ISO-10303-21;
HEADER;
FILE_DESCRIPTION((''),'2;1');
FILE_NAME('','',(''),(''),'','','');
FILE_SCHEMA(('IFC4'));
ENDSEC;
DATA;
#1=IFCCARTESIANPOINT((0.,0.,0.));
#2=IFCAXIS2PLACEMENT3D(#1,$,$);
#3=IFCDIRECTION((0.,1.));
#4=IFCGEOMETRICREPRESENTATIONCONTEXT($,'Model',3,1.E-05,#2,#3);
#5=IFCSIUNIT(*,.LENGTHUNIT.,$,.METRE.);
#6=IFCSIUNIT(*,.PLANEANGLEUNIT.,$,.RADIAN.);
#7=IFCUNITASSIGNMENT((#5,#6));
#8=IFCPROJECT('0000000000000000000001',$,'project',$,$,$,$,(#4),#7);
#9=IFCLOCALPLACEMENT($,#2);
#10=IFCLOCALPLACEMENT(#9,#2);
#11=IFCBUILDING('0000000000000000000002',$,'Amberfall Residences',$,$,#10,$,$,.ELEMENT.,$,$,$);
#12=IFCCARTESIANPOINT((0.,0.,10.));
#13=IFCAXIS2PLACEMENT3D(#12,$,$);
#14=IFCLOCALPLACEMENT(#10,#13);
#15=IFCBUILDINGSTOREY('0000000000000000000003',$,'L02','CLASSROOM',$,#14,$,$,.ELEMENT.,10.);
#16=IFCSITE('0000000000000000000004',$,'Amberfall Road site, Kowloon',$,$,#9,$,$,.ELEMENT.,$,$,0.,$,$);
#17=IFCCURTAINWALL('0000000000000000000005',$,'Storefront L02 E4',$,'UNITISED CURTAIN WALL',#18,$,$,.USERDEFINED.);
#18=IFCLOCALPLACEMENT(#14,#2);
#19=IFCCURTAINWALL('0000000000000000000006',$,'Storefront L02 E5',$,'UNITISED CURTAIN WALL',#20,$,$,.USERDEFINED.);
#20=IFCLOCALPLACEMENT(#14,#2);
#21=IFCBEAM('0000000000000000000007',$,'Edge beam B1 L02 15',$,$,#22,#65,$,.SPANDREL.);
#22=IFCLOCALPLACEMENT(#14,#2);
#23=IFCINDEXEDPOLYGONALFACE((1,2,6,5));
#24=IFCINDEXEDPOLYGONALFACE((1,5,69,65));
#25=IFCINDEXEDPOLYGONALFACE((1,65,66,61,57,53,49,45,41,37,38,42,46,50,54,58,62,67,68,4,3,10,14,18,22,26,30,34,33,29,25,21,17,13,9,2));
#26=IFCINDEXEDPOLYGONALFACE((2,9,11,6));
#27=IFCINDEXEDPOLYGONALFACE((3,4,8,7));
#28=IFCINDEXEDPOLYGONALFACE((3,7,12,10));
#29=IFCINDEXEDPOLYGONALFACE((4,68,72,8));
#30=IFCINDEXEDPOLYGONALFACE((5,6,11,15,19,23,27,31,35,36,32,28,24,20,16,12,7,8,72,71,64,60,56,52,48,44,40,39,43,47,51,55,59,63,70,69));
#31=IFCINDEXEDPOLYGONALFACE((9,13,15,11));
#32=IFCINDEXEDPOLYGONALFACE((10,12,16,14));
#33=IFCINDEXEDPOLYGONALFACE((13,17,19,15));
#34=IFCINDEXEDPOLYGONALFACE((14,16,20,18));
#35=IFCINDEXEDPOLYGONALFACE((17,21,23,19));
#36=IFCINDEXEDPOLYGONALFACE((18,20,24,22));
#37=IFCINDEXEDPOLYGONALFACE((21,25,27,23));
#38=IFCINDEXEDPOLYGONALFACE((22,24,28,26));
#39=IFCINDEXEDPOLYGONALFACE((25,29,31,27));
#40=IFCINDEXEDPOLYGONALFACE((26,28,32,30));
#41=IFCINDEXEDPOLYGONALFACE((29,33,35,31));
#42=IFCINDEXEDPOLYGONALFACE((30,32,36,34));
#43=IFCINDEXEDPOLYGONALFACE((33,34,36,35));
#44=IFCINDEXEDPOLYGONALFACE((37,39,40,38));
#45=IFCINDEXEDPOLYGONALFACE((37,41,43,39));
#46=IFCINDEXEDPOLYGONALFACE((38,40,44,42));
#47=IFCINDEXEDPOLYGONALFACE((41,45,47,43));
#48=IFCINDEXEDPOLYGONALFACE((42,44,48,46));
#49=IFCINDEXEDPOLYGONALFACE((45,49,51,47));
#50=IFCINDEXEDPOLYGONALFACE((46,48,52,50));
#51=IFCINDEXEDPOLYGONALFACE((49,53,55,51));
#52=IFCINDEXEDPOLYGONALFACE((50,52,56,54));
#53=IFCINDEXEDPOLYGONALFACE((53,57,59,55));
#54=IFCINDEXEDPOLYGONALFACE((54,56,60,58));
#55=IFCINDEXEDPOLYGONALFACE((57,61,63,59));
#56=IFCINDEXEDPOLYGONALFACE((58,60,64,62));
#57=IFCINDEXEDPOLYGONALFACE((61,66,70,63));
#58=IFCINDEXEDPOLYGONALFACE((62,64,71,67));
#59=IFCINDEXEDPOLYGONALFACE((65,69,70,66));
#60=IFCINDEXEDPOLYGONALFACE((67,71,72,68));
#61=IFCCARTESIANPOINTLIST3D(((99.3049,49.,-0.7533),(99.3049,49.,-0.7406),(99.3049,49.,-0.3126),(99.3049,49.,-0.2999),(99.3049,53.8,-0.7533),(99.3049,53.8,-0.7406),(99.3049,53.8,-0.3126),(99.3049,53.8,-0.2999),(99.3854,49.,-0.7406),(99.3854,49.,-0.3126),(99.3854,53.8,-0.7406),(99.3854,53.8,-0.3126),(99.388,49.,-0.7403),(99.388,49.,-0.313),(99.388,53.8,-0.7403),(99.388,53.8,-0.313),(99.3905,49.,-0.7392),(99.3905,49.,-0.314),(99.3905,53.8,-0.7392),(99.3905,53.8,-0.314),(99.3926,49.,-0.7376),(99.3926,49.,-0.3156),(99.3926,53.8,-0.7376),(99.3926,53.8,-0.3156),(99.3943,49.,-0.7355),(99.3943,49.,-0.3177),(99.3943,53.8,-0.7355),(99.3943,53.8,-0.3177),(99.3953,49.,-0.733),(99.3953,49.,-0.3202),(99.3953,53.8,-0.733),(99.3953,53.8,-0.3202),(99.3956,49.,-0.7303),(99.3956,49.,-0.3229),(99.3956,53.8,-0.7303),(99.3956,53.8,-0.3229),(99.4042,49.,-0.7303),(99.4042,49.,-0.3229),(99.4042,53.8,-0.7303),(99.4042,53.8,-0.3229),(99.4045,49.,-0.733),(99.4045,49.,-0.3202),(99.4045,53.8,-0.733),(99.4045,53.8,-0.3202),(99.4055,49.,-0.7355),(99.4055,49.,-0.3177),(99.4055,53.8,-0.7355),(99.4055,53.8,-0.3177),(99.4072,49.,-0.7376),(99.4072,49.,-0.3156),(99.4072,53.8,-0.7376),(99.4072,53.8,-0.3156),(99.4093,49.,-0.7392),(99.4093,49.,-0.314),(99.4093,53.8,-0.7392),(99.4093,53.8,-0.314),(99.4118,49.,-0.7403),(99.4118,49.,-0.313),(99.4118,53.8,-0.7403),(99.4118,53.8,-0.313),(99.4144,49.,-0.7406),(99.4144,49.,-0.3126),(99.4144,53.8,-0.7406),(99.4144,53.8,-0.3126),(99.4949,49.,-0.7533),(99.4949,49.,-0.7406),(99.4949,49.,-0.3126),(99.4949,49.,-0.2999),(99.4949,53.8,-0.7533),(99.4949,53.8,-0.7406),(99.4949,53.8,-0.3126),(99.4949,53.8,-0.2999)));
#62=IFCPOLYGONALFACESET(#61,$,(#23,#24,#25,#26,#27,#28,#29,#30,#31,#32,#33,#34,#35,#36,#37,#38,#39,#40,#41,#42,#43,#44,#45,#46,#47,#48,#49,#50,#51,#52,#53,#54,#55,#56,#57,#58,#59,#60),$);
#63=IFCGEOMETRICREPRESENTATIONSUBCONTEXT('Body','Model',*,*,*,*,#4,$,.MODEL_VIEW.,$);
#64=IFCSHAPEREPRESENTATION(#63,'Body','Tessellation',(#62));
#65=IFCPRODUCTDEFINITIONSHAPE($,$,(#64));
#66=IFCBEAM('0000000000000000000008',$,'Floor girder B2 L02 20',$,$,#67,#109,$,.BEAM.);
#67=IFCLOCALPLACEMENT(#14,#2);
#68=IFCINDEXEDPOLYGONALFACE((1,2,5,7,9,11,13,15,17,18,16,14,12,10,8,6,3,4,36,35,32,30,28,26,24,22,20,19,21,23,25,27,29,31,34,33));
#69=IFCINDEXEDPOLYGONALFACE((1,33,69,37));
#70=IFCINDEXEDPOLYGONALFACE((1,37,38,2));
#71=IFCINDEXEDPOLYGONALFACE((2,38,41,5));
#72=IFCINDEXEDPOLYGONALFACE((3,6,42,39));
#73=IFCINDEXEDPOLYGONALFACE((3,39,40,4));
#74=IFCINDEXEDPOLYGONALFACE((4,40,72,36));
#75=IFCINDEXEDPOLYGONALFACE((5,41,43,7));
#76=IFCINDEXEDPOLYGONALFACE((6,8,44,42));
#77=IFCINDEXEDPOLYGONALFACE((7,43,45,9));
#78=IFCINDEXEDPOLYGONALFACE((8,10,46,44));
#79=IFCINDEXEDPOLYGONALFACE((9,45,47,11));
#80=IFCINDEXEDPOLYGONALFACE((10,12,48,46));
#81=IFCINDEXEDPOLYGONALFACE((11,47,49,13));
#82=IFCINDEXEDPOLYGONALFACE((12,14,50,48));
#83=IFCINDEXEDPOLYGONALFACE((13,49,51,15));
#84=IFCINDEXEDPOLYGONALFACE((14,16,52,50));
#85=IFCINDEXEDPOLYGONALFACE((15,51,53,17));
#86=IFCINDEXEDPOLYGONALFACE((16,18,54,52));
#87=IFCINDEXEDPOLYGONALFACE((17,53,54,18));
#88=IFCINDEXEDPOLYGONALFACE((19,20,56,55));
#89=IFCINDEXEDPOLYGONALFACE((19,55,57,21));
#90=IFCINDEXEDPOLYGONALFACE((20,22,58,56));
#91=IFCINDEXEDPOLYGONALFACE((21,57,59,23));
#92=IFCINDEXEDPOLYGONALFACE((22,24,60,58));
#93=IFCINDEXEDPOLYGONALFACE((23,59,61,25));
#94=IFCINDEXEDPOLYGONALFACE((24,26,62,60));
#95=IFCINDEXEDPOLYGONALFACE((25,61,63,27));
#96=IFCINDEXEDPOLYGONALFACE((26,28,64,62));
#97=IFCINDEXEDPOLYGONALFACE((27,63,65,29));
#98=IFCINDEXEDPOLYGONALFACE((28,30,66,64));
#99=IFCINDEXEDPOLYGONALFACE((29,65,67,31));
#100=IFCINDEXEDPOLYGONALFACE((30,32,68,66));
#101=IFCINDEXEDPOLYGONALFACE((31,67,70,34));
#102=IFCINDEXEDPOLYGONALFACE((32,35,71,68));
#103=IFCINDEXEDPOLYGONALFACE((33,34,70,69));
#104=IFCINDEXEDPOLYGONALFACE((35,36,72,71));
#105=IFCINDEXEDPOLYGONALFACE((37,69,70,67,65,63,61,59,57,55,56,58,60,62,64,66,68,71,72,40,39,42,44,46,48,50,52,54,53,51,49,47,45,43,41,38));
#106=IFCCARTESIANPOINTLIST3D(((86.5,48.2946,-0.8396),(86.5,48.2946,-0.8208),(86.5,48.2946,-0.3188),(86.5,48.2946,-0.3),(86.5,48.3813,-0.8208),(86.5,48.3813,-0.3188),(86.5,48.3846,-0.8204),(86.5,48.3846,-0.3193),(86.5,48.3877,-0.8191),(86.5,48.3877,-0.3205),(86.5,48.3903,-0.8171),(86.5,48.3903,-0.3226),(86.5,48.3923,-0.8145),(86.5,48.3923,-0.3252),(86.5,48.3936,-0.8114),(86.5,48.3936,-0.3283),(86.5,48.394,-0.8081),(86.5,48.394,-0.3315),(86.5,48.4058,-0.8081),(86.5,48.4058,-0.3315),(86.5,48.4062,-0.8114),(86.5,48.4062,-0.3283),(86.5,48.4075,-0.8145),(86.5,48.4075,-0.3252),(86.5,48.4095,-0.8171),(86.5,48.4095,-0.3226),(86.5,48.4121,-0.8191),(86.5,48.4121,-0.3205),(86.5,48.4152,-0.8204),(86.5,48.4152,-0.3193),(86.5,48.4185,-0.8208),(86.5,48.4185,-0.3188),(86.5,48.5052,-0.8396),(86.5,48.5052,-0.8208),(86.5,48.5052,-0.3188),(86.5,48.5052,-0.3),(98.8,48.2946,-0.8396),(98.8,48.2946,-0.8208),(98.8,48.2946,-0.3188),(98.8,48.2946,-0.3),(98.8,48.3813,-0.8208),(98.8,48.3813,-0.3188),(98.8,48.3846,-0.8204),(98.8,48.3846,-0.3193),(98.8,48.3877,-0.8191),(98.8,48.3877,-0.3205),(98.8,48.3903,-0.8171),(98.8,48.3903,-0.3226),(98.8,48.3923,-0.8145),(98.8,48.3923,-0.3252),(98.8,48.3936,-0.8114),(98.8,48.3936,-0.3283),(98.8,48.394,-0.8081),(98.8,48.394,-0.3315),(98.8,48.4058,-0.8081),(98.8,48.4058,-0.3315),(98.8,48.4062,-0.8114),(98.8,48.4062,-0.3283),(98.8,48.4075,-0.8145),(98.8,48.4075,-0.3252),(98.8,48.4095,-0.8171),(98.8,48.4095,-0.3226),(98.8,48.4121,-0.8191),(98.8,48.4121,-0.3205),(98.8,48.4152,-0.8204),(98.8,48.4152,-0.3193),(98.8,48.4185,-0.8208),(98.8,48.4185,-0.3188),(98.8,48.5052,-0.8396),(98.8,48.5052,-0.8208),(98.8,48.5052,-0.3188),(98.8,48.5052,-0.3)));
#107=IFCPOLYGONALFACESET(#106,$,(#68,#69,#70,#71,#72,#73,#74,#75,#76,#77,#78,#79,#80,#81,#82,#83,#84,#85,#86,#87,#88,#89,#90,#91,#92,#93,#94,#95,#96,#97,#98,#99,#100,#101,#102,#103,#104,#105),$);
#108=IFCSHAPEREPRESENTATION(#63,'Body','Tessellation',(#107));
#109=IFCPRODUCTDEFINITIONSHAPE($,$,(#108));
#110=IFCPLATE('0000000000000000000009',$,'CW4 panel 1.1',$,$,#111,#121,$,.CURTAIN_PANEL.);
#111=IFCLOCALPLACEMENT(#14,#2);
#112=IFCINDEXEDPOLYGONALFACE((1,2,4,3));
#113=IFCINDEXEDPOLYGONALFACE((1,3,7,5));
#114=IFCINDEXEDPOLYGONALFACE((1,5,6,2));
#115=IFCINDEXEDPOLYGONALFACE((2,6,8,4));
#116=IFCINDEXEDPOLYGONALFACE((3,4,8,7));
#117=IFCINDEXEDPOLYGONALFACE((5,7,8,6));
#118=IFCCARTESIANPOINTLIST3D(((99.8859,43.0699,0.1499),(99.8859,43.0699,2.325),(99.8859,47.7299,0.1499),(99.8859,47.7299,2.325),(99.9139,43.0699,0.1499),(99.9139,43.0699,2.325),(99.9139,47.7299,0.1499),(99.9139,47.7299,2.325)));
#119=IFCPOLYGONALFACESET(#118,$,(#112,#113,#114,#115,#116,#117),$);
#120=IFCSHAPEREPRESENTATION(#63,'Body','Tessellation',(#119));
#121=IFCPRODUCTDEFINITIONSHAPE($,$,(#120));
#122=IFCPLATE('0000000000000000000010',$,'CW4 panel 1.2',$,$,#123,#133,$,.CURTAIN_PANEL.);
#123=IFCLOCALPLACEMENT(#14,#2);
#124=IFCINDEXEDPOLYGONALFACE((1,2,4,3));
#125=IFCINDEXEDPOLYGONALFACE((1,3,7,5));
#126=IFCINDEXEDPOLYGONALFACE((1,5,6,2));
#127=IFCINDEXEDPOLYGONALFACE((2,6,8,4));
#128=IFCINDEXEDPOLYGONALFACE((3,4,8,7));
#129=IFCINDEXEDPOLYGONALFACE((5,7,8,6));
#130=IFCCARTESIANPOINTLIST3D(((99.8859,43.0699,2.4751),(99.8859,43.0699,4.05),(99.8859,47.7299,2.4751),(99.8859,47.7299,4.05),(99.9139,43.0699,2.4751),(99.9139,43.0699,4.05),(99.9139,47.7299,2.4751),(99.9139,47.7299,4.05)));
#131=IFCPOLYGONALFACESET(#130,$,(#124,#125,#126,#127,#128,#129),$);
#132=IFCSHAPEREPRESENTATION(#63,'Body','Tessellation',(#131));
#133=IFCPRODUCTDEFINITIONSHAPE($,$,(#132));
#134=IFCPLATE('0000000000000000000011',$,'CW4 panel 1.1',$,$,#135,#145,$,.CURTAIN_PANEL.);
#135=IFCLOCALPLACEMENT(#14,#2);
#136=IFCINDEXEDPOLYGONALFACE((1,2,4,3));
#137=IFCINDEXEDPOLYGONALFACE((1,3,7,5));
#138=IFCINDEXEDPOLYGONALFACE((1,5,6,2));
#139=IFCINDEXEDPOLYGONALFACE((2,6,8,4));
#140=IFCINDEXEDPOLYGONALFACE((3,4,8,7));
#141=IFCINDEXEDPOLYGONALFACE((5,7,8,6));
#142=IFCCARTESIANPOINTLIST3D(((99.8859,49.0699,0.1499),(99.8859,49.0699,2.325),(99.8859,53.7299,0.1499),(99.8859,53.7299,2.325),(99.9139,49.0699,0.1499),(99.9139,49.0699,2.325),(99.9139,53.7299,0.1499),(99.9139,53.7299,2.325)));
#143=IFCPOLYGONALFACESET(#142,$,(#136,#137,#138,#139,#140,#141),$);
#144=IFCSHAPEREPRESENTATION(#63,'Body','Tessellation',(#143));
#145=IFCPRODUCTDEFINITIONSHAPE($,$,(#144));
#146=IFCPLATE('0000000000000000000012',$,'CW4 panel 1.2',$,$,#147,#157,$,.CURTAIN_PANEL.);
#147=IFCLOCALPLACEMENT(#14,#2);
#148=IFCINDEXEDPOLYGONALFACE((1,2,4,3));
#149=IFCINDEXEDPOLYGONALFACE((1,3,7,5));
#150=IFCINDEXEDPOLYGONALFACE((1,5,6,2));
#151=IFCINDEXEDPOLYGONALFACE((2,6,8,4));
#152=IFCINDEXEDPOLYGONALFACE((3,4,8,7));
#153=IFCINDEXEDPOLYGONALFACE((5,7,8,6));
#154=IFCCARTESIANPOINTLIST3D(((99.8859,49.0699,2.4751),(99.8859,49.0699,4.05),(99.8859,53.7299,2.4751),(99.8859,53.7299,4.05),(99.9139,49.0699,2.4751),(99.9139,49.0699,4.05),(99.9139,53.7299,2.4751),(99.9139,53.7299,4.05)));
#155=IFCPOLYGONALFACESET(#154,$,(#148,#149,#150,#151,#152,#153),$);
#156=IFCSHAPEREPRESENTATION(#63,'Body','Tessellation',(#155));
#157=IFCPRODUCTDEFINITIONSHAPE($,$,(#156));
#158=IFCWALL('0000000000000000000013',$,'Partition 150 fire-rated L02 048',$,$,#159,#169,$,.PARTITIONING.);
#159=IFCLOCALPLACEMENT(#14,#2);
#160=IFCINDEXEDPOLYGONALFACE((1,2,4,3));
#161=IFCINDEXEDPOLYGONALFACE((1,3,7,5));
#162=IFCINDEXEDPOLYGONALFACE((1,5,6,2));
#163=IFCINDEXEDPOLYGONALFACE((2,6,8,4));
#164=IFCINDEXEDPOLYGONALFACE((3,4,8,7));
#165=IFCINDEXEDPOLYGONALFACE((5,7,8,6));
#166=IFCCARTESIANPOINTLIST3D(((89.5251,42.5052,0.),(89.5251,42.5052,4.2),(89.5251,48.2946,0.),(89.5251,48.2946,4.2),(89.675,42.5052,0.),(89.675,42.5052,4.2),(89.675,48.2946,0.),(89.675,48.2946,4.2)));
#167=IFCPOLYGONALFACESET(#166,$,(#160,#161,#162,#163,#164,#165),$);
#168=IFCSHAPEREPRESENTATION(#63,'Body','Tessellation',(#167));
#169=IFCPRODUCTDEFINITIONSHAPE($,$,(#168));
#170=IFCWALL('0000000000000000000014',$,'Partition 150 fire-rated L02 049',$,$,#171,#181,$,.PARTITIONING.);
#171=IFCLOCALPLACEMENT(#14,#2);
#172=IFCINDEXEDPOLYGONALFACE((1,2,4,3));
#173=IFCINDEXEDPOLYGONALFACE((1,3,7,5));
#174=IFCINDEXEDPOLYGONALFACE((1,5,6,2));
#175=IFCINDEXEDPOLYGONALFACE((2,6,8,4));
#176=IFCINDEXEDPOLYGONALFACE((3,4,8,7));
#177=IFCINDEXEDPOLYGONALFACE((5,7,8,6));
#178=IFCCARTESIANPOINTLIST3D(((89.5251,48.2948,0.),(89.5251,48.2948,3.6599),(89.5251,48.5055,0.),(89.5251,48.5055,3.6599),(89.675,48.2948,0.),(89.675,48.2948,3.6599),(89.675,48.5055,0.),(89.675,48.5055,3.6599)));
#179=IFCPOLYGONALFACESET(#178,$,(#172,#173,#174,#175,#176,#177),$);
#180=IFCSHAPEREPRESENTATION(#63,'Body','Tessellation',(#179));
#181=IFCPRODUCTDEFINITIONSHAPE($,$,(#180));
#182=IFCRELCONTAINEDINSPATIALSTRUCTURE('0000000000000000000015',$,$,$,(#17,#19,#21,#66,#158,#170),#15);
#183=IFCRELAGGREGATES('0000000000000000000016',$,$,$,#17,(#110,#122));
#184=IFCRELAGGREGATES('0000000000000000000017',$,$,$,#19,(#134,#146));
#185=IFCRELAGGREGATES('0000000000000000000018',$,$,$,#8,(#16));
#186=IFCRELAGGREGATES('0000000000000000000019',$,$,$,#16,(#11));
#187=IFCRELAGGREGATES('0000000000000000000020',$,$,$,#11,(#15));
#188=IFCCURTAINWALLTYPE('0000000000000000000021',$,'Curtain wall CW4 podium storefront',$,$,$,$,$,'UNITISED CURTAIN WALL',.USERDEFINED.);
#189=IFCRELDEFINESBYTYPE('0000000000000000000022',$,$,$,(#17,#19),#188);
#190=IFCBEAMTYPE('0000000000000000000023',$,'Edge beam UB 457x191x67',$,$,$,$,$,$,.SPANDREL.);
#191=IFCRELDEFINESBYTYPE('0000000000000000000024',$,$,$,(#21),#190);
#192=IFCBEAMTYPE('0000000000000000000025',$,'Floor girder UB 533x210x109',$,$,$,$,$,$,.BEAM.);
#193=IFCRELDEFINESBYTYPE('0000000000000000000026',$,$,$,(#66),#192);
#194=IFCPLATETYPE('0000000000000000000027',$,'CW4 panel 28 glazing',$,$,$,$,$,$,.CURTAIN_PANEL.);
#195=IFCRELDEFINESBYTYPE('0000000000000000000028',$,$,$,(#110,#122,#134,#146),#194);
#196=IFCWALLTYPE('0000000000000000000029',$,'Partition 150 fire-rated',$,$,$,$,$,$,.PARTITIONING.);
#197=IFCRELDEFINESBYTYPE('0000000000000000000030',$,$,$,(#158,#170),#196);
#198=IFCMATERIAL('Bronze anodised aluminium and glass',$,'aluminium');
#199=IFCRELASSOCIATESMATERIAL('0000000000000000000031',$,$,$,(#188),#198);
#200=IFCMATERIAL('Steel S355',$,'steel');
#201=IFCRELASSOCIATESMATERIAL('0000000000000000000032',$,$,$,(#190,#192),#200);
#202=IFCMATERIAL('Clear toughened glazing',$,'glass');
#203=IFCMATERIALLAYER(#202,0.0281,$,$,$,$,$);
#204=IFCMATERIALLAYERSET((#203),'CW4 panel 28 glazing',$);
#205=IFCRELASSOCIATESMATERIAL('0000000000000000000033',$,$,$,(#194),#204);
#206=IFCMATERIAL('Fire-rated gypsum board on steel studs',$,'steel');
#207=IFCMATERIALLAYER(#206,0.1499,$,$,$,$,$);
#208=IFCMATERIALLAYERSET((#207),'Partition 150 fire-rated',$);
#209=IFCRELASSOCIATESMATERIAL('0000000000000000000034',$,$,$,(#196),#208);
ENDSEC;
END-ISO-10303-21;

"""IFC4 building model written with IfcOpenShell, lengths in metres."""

from ifc_helpers import new_model, si_unit, direction, frame, frame_2d, origin, origin_2d, place, context, subcontext, project, spatial, rectangle, i_section, extrude, material, layer, layer_set, material_profile, profile_set, type_object, element, aggregate, save


model = new_model("IFC4")

# Units and contexts
model_context = context("Model", 3, precision=1e-05, world=origin(), true_north=direction((0.0, 1.0)))
body_context = subcontext(model_context, "Body", "Model", "MODEL_VIEW")
ifc_project = project(units=[si_unit("LENGTHUNIT", "METRE"), si_unit("PLANEANGLEUNIT", "RADIAN")], contexts=[model_context])

# Site, building, storey
site_placement = place(None, origin())
site = spatial("IfcSite", under=ifc_project, at=site_placement, Name="Amberfall Road site, Kowloon", CompositionType="ELEMENT", RefElevation=0.0)
building_placement = place(site_placement, origin())
building = spatial("IfcBuilding", under=site, at=building_placement, Name="Amberfall Residences", CompositionType="ELEMENT")
storey_placement = place(building_placement, frame((0.0, 0.0, 10.0)))
storey = spatial("IfcBuildingStorey", under=building, at=storey_placement, Name="L02", Description="CLASSROOM", CompositionType="ELEMENT", Elevation=10.0)

# Curtain wall
ifc_material_1 = material(Name="Bronze anodised aluminium and glass", Category="aluminium")
curtain_wall_type = type_object("IfcCurtainWallType", Name="Curtain wall CW4 podium storefront", ElementType="UNITISED CURTAIN WALL", PredefinedType="USERDEFINED", material=ifc_material_1)
curtain_wall_1_placement = place(storey_placement, origin())
curtain_wall_1 = element("IfcCurtainWall", 1, at=curtain_wall_1_placement, inside=storey, type_object=curtain_wall_type, Name="Storefront L02 E4", ObjectType="UNITISED CURTAIN WALL", PredefinedType="USERDEFINED")

# Curtain wall
curtain_wall_2_placement = place(storey_placement, origin())
curtain_wall_2 = element("IfcCurtainWall", 2, at=curtain_wall_2_placement, inside=storey, type_object=curtain_wall_type, Name="Storefront L02 E5", ObjectType="UNITISED CURTAIN WALL", PredefinedType="USERDEFINED")

# Beams
ifc_material_2 = material(Name="Steel S355", Category="steel")
ifc_material_profile_1 = material_profile(ifc_material_2, i_section(OverallWidth=0.1899, OverallDepth=0.4534, WebThickness=0.0085, FlangeThickness=0.0127, FilletRadius=0.0103, at=origin_2d()), Name="UB 457x191x67")
ifc_profile_set_1 = profile_set([ifc_material_profile_1], Name="Steel S355")
beam_type_1 = type_object("IfcBeamType", Name="Edge beam UB 457x191x67", PredefinedType="SPANDREL", material=ifc_profile_set_1)
for number, where, z_axis, x_axis, name in (
    (3, (99.3999, 49.0, -0.5266), (0.0, 1.0, 0.0), (-1.0, 0.0, 0.0), "Edge beam B1 L02 15"),
):
    element("IfcBeam", number, at=place(storey_placement, frame(where, z_axis=z_axis, x_axis=x_axis)), inside=storey, type_object=beam_type_1, Name=name, PredefinedType="SPANDREL", context=body_context, shape_type="SweptSolid", body=[
        extrude(i_section(OverallWidth=0.1899, OverallDepth=0.4534, WebThickness=0.0085, FlangeThickness=0.0127, FilletRadius=0.0103, at=origin_2d()), origin(), (0.0, 0.0, 1.0), 4.8),
    ])
ifc_material_profile_2 = material_profile(ifc_material_2, i_section(OverallWidth=0.2107, OverallDepth=0.5396, WebThickness=0.0117, FlangeThickness=0.0188, FilletRadius=0.0127, at=origin_2d()), Name="UB 533x210x109")
ifc_profile_set_2 = profile_set([ifc_material_profile_2], Name="Steel S355")
beam_type_2 = type_object("IfcBeamType", Name="Floor girder UB 533x210x109", PredefinedType="BEAM", material=ifc_profile_set_2)
beam_placement = place(storey_placement, frame((98.8, 48.3999, -0.5698), z_axis=(-1.0, 0.0, 0.0), x_axis=(0.0, -1.0, 0.0)))
element("IfcBeam", 4, at=beam_placement, inside=storey, type_object=beam_type_2, Name="Floor girder B2 L02 20", PredefinedType="BEAM", context=body_context, shape_type="SweptSolid", body=[
    extrude(i_section(OverallWidth=0.2107, OverallDepth=0.5396, WebThickness=0.0117, FlangeThickness=0.0188, FilletRadius=0.0127, at=origin_2d()), origin(), (0.0, 0.0, 1.0), 12.3),
])

# Plates
ifc_material_3 = material(Name="Clear toughened glazing", Category="glass")
ifc_layer_1 = layer(ifc_material_3, 0.0281)
ifc_layer_set_1 = layer_set([ifc_layer_1], Name="CW4 panel 28 glazing")
plate_type = type_object("IfcPlateType", Name="CW4 panel 28 glazing", PredefinedType="CURTAIN_PANEL", material=ifc_layer_set_1)
plate_1_placement = place(storey_placement, frame((99.8999, 45.3999, 0.1499), z_axis=(0.0, 0.0, 1.0), x_axis=(0.0, 1.0, 0.0)))
plate_1 = element("IfcPlate", 5, at=plate_1_placement, type_object=plate_type, Name="CW4 panel 1.1", PredefinedType="CURTAIN_PANEL", context=body_context, shape_type="SweptSolid", body=[
    extrude(rectangle(XDim=4.6599, YDim=0.0281, at=origin_2d()), origin(), (0.0, 0.0, 1.0), 2.175),
])
plate_2_placement = place(storey_placement, frame((99.8999, 45.3999, 2.4751), z_axis=(0.0, 0.0, 1.0), x_axis=(0.0, 1.0, 0.0)))
plate_2 = element("IfcPlate", 6, at=plate_2_placement, type_object=plate_type, Name="CW4 panel 1.2", PredefinedType="CURTAIN_PANEL", context=body_context, shape_type="SweptSolid", body=[
    extrude(rectangle(XDim=4.6599, YDim=0.0281, at=origin_2d()), origin(), (0.0, 0.0, 1.0), 1.575),
])
aggregate(curtain_wall_1, [plate_1, plate_2])
plate_3_placement = place(storey_placement, frame((99.8999, 51.3999, 0.1499), z_axis=(0.0, 0.0, 1.0), x_axis=(0.0, 1.0, 0.0)))
plate_3 = element("IfcPlate", 7, at=plate_3_placement, type_object=plate_type, Name="CW4 panel 1.1", PredefinedType="CURTAIN_PANEL", context=body_context, shape_type="SweptSolid", body=[
    extrude(rectangle(XDim=4.6599, YDim=0.0281, at=origin_2d()), origin(), (0.0, 0.0, 1.0), 2.175),
])
plate_4_placement = place(storey_placement, frame((99.8999, 51.3999, 2.4751), z_axis=(0.0, 0.0, 1.0), x_axis=(0.0, 1.0, 0.0)))
plate_4 = element("IfcPlate", 8, at=plate_4_placement, type_object=plate_type, Name="CW4 panel 1.2", PredefinedType="CURTAIN_PANEL", context=body_context, shape_type="SweptSolid", body=[
    extrude(rectangle(XDim=4.6599, YDim=0.0281, at=origin_2d()), origin(), (0.0, 0.0, 1.0), 1.575),
])
aggregate(curtain_wall_2, [plate_3, plate_4])

# Walls
ifc_material_4 = material(Name="Fire-rated gypsum board on steel studs", Category="steel")
ifc_layer_2 = layer(ifc_material_4, 0.1499)
ifc_layer_set_2 = layer_set([ifc_layer_2], Name="Partition 150 fire-rated")
wall_type = type_object("IfcWallType", Name="Partition 150 fire-rated", PredefinedType="PARTITIONING", material=ifc_layer_set_2)
wall_1_placement = place(storey_placement, frame((89.6001, 42.5054, 0.0), z_axis=(0.0, 0.0, 1.0), x_axis=(0.0, 1.0, 0.0)))
element("IfcWall", 9, at=wall_1_placement, inside=storey, type_object=wall_type, Name="Partition 150 fire-rated L02 048", PredefinedType="PARTITIONING", context=body_context, shape_type="SweptSolid", body=[
    extrude(rectangle(XDim=5.7893, YDim=0.1499, at=frame_2d((2.8945, 0.0))), origin(), (0.0, 0.0, 1.0), 4.2),
])
wall_2_placement = place(storey_placement, frame((89.6001, 48.2947, 0.0), z_axis=(0.0, 0.0, 1.0), x_axis=(0.0, 1.0, 0.0)))
element("IfcWall", 10, at=wall_2_placement, inside=storey, type_object=wall_type, Name="Partition 150 fire-rated L02 049", PredefinedType="PARTITIONING", context=body_context, shape_type="SweptSolid", body=[
    extrude(rectangle(XDim=0.2107, YDim=0.1499, at=frame_2d((0.1055, 0.0))), origin(), (0.0, 0.0, 1.0), 3.6599),
])

save(model, "model.ifc")
